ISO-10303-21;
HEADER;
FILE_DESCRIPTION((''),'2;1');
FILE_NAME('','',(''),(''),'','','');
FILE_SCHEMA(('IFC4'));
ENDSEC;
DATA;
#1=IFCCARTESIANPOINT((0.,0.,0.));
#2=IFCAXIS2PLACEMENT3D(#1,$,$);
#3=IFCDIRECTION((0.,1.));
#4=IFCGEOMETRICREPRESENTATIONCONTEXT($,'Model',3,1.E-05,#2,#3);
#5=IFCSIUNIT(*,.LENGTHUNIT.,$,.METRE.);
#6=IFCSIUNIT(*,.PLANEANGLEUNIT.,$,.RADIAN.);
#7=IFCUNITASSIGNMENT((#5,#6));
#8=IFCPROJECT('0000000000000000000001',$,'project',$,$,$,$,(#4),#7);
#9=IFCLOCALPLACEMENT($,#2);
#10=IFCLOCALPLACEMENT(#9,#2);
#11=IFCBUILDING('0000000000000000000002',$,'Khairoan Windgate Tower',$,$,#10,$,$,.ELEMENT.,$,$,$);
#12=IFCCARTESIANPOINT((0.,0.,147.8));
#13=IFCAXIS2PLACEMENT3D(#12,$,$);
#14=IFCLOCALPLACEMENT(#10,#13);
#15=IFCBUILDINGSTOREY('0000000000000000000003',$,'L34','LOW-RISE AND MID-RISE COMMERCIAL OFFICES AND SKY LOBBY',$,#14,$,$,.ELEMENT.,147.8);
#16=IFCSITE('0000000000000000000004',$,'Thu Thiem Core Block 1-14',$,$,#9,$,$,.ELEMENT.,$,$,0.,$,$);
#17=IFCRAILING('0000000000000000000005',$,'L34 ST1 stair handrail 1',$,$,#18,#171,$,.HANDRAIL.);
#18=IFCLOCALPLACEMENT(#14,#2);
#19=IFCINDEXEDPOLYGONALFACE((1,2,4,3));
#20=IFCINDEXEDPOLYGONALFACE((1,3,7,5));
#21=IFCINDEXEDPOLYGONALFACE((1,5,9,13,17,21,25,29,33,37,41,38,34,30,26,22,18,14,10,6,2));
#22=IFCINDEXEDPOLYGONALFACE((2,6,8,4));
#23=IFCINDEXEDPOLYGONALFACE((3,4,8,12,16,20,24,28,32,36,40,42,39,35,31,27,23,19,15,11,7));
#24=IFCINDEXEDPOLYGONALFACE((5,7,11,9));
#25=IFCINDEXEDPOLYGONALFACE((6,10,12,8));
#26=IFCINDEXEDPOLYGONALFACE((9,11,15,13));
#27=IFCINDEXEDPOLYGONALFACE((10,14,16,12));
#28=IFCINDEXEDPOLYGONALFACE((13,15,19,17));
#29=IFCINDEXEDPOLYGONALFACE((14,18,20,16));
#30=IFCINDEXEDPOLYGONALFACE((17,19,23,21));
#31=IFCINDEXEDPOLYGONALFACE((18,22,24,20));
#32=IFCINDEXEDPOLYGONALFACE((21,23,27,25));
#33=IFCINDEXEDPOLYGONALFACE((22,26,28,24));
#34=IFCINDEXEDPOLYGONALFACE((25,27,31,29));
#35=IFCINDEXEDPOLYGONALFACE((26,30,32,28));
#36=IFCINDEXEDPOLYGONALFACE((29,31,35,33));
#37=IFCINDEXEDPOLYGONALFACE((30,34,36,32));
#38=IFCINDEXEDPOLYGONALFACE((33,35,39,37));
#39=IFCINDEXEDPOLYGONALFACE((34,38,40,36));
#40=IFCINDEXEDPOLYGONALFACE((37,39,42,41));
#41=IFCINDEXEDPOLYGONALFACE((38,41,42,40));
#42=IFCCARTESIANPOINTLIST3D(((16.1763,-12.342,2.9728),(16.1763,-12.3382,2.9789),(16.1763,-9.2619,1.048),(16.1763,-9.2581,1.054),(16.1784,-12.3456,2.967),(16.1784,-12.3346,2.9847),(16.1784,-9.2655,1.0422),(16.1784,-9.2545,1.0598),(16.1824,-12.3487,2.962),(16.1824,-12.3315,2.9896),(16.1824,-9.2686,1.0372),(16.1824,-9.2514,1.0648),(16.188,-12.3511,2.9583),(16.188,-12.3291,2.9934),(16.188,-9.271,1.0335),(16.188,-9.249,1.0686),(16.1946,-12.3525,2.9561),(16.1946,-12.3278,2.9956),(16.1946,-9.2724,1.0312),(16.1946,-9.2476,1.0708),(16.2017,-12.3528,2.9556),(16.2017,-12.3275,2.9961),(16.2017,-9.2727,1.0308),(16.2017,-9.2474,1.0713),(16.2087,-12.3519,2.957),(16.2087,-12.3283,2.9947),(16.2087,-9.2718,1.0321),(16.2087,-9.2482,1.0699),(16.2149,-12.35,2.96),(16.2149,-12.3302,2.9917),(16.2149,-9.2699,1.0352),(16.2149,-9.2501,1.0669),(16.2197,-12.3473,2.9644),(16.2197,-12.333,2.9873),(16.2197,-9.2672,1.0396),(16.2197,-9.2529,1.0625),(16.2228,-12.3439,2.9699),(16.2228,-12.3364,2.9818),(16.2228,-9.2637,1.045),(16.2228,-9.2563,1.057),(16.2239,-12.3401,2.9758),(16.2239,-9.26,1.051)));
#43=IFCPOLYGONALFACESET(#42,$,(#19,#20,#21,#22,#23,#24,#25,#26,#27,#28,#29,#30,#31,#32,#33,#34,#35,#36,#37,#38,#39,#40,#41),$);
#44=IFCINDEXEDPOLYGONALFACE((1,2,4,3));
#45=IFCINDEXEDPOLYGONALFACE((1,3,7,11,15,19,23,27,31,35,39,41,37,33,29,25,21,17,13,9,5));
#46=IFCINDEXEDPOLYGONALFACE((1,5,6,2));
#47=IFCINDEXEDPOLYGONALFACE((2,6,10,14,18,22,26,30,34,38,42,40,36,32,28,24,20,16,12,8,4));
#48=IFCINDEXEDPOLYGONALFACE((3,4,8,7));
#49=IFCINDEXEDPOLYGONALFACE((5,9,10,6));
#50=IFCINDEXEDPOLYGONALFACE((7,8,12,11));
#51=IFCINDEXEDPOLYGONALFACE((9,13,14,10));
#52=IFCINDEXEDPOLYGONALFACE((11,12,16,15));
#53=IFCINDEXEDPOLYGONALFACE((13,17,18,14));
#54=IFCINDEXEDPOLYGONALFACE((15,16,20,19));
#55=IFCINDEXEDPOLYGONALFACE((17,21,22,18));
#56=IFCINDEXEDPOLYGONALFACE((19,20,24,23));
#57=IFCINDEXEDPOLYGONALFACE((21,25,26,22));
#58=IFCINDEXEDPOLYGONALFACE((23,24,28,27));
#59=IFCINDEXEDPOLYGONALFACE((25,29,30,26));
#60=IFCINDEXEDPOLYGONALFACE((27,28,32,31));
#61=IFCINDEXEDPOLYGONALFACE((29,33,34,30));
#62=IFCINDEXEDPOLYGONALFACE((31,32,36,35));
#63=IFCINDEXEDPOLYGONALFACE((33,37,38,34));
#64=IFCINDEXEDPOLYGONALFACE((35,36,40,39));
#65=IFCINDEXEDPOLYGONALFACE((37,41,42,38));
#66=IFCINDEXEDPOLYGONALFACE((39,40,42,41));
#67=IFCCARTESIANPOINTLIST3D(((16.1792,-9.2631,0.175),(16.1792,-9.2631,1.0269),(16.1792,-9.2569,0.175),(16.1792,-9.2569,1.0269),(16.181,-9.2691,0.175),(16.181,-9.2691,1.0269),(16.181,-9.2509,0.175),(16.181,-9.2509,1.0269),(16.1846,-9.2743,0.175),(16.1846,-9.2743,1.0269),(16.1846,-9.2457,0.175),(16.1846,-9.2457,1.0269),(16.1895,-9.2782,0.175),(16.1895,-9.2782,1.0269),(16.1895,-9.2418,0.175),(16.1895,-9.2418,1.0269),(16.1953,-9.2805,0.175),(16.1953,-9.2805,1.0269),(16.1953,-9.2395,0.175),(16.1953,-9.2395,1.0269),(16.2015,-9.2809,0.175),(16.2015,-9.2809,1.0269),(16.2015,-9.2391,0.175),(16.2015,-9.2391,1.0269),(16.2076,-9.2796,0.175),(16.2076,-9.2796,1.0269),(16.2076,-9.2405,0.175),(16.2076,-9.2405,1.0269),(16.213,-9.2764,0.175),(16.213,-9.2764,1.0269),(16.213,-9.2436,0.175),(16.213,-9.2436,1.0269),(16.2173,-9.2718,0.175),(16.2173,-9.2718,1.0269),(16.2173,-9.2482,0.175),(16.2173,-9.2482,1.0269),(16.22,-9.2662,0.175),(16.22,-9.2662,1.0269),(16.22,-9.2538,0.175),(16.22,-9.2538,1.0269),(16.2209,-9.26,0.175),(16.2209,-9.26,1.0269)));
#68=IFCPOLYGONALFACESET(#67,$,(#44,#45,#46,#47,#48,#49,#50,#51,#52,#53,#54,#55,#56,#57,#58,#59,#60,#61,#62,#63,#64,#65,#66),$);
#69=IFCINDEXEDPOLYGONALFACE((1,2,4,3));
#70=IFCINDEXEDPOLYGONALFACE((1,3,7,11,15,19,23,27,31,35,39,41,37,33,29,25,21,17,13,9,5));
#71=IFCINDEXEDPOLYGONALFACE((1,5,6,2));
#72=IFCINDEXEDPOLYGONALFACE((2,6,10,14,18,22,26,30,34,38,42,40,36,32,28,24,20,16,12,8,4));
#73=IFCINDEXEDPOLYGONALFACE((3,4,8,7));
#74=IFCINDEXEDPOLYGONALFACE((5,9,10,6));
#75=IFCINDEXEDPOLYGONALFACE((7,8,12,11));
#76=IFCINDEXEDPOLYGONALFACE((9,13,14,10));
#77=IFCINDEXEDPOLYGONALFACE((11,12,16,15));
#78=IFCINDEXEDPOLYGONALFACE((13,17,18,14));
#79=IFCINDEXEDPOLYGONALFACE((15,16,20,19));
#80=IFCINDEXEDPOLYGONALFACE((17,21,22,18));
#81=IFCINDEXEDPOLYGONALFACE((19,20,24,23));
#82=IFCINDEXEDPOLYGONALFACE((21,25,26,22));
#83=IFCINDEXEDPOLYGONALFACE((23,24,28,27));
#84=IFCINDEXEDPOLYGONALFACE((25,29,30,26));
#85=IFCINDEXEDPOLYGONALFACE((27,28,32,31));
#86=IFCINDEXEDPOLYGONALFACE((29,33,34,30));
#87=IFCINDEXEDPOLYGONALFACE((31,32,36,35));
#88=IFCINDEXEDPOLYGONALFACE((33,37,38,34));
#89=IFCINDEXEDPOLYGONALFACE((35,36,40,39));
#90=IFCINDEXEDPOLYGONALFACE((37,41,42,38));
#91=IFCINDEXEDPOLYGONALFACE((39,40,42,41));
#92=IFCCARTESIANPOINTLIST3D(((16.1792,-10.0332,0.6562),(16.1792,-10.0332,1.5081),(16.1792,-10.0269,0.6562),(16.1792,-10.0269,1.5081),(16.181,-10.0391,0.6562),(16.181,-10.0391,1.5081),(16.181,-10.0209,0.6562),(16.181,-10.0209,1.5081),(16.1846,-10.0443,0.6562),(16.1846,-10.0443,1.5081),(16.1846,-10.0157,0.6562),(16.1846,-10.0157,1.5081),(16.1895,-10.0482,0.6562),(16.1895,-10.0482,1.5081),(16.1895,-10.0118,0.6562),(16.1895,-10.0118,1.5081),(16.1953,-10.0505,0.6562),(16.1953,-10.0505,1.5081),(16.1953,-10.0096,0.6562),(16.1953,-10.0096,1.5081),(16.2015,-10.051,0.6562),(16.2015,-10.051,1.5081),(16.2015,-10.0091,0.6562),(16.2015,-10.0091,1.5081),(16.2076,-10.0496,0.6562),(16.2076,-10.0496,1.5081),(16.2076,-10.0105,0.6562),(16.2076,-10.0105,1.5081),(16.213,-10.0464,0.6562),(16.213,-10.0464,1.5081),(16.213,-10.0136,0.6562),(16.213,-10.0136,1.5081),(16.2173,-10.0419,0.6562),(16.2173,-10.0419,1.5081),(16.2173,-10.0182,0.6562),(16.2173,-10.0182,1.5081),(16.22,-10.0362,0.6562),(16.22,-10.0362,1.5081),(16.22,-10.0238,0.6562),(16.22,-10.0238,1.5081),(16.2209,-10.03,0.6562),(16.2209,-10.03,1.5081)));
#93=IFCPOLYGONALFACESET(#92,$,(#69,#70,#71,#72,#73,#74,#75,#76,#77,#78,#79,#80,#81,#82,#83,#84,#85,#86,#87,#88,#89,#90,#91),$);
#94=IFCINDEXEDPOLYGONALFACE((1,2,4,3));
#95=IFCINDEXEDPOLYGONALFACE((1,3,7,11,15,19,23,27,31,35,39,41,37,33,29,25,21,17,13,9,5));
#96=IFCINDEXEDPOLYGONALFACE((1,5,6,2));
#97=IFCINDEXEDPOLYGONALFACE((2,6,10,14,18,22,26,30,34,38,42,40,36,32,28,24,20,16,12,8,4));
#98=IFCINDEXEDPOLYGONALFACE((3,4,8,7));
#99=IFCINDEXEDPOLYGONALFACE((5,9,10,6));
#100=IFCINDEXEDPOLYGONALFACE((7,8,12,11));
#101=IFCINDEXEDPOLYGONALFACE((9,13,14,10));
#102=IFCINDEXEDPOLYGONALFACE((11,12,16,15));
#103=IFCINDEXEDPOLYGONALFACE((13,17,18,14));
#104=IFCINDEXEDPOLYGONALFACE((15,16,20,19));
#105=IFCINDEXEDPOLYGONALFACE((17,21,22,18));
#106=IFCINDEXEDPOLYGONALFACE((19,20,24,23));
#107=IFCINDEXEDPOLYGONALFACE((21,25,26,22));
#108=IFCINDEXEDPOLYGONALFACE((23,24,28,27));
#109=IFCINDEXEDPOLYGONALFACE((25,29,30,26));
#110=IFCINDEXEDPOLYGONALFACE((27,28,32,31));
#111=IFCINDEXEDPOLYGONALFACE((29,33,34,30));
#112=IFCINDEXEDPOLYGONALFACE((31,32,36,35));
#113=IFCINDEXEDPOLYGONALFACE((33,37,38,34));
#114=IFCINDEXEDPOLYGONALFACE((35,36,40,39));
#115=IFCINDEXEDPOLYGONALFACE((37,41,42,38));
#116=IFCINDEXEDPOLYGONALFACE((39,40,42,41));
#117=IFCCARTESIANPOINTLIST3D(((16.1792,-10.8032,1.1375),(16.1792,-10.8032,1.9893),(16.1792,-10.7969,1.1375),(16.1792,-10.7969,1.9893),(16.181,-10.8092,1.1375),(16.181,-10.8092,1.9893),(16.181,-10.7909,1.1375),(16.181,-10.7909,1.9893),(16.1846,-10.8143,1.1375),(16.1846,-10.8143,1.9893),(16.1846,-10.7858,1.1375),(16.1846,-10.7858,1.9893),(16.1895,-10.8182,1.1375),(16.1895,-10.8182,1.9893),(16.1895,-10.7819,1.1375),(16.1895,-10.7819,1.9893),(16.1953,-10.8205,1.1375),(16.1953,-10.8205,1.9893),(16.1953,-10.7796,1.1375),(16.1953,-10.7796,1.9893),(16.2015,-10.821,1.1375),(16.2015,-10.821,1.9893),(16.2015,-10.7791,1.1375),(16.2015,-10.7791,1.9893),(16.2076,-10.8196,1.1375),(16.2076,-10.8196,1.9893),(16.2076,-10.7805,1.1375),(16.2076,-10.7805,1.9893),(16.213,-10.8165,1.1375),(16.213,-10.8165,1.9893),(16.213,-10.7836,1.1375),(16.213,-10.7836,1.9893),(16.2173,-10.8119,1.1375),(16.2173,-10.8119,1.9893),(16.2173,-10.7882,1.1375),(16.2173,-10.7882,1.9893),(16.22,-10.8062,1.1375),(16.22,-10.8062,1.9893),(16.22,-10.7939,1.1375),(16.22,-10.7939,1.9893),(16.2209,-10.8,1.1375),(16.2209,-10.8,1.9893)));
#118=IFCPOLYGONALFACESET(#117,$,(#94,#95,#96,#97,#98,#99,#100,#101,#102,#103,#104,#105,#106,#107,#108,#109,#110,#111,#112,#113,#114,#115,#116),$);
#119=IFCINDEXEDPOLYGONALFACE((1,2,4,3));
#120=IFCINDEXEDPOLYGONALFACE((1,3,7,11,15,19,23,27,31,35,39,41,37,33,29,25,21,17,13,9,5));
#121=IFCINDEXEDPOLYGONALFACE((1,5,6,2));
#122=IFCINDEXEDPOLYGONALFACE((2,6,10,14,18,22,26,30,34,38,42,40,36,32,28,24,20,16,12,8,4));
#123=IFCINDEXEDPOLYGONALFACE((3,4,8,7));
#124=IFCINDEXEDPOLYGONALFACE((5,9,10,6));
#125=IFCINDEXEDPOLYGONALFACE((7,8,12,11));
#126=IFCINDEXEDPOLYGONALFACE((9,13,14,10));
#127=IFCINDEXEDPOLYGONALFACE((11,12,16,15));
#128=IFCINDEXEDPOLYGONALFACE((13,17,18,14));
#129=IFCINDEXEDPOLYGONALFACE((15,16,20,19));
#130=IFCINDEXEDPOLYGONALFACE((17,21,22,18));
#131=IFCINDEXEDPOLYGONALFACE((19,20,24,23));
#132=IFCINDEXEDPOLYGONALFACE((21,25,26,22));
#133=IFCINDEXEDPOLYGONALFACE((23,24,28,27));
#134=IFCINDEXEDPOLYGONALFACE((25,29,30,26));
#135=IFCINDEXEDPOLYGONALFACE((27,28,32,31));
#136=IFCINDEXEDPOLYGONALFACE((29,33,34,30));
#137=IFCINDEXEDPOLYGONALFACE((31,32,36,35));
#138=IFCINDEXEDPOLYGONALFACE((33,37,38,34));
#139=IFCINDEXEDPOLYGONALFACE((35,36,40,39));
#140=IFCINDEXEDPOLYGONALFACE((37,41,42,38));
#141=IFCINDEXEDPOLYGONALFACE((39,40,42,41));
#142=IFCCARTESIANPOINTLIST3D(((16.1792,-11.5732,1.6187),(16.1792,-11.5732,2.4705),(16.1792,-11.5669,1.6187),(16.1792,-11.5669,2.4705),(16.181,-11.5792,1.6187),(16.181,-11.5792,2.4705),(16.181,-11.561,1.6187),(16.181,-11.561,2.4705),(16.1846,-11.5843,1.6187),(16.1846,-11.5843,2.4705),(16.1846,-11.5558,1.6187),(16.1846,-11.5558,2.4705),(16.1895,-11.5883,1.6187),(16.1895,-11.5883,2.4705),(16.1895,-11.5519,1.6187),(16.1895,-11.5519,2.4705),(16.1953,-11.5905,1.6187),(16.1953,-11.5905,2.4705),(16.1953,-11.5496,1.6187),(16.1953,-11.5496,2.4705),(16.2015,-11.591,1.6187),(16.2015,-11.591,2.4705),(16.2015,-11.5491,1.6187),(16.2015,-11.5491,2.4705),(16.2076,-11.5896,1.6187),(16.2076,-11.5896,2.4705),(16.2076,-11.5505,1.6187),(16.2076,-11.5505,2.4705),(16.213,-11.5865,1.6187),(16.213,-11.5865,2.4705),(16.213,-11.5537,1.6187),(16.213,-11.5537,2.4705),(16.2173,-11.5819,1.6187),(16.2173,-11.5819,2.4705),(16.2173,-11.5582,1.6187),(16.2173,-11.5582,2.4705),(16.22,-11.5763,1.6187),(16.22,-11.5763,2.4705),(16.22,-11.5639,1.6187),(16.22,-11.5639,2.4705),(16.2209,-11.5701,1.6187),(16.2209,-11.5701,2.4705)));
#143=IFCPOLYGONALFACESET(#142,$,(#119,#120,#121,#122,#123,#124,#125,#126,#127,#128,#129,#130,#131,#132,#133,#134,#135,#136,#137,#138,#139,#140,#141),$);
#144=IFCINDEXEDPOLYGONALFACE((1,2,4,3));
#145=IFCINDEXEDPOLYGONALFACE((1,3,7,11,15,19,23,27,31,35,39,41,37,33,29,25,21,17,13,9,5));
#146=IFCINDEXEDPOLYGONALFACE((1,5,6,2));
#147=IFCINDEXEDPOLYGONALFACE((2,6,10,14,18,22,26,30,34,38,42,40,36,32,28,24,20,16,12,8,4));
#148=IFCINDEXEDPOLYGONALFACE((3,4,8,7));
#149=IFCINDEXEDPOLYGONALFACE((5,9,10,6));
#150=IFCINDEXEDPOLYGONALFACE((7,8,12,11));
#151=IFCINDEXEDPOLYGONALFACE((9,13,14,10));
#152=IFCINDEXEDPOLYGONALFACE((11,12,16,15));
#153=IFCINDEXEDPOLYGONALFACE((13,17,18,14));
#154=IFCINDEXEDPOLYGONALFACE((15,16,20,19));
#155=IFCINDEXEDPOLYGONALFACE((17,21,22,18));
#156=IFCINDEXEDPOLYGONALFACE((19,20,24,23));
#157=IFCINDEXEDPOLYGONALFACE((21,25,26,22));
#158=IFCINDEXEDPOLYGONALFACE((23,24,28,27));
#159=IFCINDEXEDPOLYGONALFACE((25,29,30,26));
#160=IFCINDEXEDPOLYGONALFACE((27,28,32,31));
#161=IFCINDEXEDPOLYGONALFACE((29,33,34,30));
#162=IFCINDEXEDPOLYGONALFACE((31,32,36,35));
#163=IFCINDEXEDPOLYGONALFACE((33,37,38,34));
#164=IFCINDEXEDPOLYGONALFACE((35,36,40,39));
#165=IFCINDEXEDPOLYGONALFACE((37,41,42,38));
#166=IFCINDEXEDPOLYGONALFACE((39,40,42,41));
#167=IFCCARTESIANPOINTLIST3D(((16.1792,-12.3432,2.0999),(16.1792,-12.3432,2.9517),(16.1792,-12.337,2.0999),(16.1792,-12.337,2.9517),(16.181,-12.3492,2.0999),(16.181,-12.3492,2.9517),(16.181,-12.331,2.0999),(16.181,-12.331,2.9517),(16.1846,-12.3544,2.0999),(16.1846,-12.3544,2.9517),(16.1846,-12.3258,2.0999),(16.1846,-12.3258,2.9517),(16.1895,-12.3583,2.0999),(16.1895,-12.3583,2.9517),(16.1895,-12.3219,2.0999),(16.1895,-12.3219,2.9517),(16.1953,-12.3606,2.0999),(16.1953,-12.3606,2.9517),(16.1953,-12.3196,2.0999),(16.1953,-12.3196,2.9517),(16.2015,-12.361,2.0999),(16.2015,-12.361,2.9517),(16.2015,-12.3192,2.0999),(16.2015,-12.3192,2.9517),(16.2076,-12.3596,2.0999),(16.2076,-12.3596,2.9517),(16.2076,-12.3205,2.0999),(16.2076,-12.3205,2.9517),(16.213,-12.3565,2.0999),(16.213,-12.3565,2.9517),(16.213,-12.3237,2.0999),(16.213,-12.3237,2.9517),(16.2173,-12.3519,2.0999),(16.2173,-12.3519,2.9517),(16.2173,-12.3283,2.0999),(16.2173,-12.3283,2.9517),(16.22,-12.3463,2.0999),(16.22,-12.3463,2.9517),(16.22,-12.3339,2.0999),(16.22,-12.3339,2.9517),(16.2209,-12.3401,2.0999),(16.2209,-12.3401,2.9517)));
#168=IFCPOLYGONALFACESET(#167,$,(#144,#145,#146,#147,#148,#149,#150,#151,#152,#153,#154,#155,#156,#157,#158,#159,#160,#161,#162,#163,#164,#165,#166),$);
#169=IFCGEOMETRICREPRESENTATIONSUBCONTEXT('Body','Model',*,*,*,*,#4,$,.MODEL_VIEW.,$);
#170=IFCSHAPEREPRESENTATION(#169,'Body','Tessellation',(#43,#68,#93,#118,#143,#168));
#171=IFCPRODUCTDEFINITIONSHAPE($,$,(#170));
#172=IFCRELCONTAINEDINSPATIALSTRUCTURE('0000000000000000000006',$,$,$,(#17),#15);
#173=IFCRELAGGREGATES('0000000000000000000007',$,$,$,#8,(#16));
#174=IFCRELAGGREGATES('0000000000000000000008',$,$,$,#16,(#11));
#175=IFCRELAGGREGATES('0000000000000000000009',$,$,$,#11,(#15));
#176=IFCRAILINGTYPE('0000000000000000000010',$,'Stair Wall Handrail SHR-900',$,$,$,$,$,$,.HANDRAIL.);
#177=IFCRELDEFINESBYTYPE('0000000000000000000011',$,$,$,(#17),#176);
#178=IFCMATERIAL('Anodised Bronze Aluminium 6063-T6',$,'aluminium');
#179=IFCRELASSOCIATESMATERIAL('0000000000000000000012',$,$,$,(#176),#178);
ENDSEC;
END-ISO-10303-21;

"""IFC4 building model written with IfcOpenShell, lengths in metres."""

from ifc_helpers import new_model, si_unit, direction, frame, origin, origin_2d, place, context, subcontext, project, spatial, circle, extrude, material, type_object, element, save


model = new_model("IFC4")

# Units and contexts
model_context = context("Model", 3, precision=1e-05, world=origin(), true_north=direction((0.0, 1.0)))
body_context = subcontext(model_context, "Body", "Model", "MODEL_VIEW")
ifc_project = project(units=[si_unit("LENGTHUNIT", "METRE"), si_unit("PLANEANGLEUNIT", "RADIAN")], contexts=[model_context])

# Site, building, storey
site_placement = place(None, origin())
site = spatial("IfcSite", under=ifc_project, at=site_placement, Name="Thu Thiem Core Block 1-14", CompositionType="ELEMENT", RefElevation=0.0)
building_placement = place(site_placement, origin())
building = spatial("IfcBuilding", under=site, at=building_placement, Name="Khairoan Windgate Tower", CompositionType="ELEMENT")
storey_placement = place(building_placement, frame((0.0, 0.0, 147.8)))
storey = spatial("IfcBuildingStorey", under=building, at=storey_placement, Name="L34", Description="LOW-RISE AND MID-RISE COMMERCIAL OFFICES AND SKY LOBBY", CompositionType="ELEMENT", Elevation=147.8)

# Railing
ifc_material_1 = material(Name="Anodised Bronze Aluminium 6063-T6", Category="aluminium")
railing_type_1 = type_object("IfcRailingType", Name="Stair Wall Handrail SHR-900", PredefinedType="HANDRAIL", material=ifc_material_1)
railing_1_placement = place(storey_placement, frame((16.2, -9.26, 0.175)))
element("IfcRailing", 1, at=railing_1_placement, inside=storey, type_object=railing_type_1, Name="L34 ST1 stair handrail 1", PredefinedType="HANDRAIL", context=body_context, shape_type="SweptSolid", body=[
    extrude(circle(Radius=0.0239, at=origin_2d()), frame((0.0, 0.0, 0.876), z_axis=(0.0, -0.848029, 0.529951), x_axis=(1.0, 0.0, 0.0)), (0.0, 0.0, 1.0), 3.6321),
    extrude(circle(Radius=0.021, at=origin_2d()), origin(), (0.0, 0.0, 1.0), 0.8518),
    extrude(circle(Radius=0.021, at=origin_2d()), frame((0.0, -0.77, 0.4812)), (0.0, 0.0, 1.0), 0.8518),
    extrude(circle(Radius=0.021, at=origin_2d()), frame((0.0, -1.54, 0.9624)), (0.0, 0.0, 1.0), 0.8518),
    extrude(circle(Radius=0.021, at=origin_2d()), frame((0.0, -2.3101, 1.4436)), (0.0, 0.0, 1.0), 0.8518),
    extrude(circle(Radius=0.021, at=origin_2d()), frame((0.0, -3.0801, 1.9248)), (0.0, 0.0, 1.0), 0.8518),
])

save(model, "model.ifc")
